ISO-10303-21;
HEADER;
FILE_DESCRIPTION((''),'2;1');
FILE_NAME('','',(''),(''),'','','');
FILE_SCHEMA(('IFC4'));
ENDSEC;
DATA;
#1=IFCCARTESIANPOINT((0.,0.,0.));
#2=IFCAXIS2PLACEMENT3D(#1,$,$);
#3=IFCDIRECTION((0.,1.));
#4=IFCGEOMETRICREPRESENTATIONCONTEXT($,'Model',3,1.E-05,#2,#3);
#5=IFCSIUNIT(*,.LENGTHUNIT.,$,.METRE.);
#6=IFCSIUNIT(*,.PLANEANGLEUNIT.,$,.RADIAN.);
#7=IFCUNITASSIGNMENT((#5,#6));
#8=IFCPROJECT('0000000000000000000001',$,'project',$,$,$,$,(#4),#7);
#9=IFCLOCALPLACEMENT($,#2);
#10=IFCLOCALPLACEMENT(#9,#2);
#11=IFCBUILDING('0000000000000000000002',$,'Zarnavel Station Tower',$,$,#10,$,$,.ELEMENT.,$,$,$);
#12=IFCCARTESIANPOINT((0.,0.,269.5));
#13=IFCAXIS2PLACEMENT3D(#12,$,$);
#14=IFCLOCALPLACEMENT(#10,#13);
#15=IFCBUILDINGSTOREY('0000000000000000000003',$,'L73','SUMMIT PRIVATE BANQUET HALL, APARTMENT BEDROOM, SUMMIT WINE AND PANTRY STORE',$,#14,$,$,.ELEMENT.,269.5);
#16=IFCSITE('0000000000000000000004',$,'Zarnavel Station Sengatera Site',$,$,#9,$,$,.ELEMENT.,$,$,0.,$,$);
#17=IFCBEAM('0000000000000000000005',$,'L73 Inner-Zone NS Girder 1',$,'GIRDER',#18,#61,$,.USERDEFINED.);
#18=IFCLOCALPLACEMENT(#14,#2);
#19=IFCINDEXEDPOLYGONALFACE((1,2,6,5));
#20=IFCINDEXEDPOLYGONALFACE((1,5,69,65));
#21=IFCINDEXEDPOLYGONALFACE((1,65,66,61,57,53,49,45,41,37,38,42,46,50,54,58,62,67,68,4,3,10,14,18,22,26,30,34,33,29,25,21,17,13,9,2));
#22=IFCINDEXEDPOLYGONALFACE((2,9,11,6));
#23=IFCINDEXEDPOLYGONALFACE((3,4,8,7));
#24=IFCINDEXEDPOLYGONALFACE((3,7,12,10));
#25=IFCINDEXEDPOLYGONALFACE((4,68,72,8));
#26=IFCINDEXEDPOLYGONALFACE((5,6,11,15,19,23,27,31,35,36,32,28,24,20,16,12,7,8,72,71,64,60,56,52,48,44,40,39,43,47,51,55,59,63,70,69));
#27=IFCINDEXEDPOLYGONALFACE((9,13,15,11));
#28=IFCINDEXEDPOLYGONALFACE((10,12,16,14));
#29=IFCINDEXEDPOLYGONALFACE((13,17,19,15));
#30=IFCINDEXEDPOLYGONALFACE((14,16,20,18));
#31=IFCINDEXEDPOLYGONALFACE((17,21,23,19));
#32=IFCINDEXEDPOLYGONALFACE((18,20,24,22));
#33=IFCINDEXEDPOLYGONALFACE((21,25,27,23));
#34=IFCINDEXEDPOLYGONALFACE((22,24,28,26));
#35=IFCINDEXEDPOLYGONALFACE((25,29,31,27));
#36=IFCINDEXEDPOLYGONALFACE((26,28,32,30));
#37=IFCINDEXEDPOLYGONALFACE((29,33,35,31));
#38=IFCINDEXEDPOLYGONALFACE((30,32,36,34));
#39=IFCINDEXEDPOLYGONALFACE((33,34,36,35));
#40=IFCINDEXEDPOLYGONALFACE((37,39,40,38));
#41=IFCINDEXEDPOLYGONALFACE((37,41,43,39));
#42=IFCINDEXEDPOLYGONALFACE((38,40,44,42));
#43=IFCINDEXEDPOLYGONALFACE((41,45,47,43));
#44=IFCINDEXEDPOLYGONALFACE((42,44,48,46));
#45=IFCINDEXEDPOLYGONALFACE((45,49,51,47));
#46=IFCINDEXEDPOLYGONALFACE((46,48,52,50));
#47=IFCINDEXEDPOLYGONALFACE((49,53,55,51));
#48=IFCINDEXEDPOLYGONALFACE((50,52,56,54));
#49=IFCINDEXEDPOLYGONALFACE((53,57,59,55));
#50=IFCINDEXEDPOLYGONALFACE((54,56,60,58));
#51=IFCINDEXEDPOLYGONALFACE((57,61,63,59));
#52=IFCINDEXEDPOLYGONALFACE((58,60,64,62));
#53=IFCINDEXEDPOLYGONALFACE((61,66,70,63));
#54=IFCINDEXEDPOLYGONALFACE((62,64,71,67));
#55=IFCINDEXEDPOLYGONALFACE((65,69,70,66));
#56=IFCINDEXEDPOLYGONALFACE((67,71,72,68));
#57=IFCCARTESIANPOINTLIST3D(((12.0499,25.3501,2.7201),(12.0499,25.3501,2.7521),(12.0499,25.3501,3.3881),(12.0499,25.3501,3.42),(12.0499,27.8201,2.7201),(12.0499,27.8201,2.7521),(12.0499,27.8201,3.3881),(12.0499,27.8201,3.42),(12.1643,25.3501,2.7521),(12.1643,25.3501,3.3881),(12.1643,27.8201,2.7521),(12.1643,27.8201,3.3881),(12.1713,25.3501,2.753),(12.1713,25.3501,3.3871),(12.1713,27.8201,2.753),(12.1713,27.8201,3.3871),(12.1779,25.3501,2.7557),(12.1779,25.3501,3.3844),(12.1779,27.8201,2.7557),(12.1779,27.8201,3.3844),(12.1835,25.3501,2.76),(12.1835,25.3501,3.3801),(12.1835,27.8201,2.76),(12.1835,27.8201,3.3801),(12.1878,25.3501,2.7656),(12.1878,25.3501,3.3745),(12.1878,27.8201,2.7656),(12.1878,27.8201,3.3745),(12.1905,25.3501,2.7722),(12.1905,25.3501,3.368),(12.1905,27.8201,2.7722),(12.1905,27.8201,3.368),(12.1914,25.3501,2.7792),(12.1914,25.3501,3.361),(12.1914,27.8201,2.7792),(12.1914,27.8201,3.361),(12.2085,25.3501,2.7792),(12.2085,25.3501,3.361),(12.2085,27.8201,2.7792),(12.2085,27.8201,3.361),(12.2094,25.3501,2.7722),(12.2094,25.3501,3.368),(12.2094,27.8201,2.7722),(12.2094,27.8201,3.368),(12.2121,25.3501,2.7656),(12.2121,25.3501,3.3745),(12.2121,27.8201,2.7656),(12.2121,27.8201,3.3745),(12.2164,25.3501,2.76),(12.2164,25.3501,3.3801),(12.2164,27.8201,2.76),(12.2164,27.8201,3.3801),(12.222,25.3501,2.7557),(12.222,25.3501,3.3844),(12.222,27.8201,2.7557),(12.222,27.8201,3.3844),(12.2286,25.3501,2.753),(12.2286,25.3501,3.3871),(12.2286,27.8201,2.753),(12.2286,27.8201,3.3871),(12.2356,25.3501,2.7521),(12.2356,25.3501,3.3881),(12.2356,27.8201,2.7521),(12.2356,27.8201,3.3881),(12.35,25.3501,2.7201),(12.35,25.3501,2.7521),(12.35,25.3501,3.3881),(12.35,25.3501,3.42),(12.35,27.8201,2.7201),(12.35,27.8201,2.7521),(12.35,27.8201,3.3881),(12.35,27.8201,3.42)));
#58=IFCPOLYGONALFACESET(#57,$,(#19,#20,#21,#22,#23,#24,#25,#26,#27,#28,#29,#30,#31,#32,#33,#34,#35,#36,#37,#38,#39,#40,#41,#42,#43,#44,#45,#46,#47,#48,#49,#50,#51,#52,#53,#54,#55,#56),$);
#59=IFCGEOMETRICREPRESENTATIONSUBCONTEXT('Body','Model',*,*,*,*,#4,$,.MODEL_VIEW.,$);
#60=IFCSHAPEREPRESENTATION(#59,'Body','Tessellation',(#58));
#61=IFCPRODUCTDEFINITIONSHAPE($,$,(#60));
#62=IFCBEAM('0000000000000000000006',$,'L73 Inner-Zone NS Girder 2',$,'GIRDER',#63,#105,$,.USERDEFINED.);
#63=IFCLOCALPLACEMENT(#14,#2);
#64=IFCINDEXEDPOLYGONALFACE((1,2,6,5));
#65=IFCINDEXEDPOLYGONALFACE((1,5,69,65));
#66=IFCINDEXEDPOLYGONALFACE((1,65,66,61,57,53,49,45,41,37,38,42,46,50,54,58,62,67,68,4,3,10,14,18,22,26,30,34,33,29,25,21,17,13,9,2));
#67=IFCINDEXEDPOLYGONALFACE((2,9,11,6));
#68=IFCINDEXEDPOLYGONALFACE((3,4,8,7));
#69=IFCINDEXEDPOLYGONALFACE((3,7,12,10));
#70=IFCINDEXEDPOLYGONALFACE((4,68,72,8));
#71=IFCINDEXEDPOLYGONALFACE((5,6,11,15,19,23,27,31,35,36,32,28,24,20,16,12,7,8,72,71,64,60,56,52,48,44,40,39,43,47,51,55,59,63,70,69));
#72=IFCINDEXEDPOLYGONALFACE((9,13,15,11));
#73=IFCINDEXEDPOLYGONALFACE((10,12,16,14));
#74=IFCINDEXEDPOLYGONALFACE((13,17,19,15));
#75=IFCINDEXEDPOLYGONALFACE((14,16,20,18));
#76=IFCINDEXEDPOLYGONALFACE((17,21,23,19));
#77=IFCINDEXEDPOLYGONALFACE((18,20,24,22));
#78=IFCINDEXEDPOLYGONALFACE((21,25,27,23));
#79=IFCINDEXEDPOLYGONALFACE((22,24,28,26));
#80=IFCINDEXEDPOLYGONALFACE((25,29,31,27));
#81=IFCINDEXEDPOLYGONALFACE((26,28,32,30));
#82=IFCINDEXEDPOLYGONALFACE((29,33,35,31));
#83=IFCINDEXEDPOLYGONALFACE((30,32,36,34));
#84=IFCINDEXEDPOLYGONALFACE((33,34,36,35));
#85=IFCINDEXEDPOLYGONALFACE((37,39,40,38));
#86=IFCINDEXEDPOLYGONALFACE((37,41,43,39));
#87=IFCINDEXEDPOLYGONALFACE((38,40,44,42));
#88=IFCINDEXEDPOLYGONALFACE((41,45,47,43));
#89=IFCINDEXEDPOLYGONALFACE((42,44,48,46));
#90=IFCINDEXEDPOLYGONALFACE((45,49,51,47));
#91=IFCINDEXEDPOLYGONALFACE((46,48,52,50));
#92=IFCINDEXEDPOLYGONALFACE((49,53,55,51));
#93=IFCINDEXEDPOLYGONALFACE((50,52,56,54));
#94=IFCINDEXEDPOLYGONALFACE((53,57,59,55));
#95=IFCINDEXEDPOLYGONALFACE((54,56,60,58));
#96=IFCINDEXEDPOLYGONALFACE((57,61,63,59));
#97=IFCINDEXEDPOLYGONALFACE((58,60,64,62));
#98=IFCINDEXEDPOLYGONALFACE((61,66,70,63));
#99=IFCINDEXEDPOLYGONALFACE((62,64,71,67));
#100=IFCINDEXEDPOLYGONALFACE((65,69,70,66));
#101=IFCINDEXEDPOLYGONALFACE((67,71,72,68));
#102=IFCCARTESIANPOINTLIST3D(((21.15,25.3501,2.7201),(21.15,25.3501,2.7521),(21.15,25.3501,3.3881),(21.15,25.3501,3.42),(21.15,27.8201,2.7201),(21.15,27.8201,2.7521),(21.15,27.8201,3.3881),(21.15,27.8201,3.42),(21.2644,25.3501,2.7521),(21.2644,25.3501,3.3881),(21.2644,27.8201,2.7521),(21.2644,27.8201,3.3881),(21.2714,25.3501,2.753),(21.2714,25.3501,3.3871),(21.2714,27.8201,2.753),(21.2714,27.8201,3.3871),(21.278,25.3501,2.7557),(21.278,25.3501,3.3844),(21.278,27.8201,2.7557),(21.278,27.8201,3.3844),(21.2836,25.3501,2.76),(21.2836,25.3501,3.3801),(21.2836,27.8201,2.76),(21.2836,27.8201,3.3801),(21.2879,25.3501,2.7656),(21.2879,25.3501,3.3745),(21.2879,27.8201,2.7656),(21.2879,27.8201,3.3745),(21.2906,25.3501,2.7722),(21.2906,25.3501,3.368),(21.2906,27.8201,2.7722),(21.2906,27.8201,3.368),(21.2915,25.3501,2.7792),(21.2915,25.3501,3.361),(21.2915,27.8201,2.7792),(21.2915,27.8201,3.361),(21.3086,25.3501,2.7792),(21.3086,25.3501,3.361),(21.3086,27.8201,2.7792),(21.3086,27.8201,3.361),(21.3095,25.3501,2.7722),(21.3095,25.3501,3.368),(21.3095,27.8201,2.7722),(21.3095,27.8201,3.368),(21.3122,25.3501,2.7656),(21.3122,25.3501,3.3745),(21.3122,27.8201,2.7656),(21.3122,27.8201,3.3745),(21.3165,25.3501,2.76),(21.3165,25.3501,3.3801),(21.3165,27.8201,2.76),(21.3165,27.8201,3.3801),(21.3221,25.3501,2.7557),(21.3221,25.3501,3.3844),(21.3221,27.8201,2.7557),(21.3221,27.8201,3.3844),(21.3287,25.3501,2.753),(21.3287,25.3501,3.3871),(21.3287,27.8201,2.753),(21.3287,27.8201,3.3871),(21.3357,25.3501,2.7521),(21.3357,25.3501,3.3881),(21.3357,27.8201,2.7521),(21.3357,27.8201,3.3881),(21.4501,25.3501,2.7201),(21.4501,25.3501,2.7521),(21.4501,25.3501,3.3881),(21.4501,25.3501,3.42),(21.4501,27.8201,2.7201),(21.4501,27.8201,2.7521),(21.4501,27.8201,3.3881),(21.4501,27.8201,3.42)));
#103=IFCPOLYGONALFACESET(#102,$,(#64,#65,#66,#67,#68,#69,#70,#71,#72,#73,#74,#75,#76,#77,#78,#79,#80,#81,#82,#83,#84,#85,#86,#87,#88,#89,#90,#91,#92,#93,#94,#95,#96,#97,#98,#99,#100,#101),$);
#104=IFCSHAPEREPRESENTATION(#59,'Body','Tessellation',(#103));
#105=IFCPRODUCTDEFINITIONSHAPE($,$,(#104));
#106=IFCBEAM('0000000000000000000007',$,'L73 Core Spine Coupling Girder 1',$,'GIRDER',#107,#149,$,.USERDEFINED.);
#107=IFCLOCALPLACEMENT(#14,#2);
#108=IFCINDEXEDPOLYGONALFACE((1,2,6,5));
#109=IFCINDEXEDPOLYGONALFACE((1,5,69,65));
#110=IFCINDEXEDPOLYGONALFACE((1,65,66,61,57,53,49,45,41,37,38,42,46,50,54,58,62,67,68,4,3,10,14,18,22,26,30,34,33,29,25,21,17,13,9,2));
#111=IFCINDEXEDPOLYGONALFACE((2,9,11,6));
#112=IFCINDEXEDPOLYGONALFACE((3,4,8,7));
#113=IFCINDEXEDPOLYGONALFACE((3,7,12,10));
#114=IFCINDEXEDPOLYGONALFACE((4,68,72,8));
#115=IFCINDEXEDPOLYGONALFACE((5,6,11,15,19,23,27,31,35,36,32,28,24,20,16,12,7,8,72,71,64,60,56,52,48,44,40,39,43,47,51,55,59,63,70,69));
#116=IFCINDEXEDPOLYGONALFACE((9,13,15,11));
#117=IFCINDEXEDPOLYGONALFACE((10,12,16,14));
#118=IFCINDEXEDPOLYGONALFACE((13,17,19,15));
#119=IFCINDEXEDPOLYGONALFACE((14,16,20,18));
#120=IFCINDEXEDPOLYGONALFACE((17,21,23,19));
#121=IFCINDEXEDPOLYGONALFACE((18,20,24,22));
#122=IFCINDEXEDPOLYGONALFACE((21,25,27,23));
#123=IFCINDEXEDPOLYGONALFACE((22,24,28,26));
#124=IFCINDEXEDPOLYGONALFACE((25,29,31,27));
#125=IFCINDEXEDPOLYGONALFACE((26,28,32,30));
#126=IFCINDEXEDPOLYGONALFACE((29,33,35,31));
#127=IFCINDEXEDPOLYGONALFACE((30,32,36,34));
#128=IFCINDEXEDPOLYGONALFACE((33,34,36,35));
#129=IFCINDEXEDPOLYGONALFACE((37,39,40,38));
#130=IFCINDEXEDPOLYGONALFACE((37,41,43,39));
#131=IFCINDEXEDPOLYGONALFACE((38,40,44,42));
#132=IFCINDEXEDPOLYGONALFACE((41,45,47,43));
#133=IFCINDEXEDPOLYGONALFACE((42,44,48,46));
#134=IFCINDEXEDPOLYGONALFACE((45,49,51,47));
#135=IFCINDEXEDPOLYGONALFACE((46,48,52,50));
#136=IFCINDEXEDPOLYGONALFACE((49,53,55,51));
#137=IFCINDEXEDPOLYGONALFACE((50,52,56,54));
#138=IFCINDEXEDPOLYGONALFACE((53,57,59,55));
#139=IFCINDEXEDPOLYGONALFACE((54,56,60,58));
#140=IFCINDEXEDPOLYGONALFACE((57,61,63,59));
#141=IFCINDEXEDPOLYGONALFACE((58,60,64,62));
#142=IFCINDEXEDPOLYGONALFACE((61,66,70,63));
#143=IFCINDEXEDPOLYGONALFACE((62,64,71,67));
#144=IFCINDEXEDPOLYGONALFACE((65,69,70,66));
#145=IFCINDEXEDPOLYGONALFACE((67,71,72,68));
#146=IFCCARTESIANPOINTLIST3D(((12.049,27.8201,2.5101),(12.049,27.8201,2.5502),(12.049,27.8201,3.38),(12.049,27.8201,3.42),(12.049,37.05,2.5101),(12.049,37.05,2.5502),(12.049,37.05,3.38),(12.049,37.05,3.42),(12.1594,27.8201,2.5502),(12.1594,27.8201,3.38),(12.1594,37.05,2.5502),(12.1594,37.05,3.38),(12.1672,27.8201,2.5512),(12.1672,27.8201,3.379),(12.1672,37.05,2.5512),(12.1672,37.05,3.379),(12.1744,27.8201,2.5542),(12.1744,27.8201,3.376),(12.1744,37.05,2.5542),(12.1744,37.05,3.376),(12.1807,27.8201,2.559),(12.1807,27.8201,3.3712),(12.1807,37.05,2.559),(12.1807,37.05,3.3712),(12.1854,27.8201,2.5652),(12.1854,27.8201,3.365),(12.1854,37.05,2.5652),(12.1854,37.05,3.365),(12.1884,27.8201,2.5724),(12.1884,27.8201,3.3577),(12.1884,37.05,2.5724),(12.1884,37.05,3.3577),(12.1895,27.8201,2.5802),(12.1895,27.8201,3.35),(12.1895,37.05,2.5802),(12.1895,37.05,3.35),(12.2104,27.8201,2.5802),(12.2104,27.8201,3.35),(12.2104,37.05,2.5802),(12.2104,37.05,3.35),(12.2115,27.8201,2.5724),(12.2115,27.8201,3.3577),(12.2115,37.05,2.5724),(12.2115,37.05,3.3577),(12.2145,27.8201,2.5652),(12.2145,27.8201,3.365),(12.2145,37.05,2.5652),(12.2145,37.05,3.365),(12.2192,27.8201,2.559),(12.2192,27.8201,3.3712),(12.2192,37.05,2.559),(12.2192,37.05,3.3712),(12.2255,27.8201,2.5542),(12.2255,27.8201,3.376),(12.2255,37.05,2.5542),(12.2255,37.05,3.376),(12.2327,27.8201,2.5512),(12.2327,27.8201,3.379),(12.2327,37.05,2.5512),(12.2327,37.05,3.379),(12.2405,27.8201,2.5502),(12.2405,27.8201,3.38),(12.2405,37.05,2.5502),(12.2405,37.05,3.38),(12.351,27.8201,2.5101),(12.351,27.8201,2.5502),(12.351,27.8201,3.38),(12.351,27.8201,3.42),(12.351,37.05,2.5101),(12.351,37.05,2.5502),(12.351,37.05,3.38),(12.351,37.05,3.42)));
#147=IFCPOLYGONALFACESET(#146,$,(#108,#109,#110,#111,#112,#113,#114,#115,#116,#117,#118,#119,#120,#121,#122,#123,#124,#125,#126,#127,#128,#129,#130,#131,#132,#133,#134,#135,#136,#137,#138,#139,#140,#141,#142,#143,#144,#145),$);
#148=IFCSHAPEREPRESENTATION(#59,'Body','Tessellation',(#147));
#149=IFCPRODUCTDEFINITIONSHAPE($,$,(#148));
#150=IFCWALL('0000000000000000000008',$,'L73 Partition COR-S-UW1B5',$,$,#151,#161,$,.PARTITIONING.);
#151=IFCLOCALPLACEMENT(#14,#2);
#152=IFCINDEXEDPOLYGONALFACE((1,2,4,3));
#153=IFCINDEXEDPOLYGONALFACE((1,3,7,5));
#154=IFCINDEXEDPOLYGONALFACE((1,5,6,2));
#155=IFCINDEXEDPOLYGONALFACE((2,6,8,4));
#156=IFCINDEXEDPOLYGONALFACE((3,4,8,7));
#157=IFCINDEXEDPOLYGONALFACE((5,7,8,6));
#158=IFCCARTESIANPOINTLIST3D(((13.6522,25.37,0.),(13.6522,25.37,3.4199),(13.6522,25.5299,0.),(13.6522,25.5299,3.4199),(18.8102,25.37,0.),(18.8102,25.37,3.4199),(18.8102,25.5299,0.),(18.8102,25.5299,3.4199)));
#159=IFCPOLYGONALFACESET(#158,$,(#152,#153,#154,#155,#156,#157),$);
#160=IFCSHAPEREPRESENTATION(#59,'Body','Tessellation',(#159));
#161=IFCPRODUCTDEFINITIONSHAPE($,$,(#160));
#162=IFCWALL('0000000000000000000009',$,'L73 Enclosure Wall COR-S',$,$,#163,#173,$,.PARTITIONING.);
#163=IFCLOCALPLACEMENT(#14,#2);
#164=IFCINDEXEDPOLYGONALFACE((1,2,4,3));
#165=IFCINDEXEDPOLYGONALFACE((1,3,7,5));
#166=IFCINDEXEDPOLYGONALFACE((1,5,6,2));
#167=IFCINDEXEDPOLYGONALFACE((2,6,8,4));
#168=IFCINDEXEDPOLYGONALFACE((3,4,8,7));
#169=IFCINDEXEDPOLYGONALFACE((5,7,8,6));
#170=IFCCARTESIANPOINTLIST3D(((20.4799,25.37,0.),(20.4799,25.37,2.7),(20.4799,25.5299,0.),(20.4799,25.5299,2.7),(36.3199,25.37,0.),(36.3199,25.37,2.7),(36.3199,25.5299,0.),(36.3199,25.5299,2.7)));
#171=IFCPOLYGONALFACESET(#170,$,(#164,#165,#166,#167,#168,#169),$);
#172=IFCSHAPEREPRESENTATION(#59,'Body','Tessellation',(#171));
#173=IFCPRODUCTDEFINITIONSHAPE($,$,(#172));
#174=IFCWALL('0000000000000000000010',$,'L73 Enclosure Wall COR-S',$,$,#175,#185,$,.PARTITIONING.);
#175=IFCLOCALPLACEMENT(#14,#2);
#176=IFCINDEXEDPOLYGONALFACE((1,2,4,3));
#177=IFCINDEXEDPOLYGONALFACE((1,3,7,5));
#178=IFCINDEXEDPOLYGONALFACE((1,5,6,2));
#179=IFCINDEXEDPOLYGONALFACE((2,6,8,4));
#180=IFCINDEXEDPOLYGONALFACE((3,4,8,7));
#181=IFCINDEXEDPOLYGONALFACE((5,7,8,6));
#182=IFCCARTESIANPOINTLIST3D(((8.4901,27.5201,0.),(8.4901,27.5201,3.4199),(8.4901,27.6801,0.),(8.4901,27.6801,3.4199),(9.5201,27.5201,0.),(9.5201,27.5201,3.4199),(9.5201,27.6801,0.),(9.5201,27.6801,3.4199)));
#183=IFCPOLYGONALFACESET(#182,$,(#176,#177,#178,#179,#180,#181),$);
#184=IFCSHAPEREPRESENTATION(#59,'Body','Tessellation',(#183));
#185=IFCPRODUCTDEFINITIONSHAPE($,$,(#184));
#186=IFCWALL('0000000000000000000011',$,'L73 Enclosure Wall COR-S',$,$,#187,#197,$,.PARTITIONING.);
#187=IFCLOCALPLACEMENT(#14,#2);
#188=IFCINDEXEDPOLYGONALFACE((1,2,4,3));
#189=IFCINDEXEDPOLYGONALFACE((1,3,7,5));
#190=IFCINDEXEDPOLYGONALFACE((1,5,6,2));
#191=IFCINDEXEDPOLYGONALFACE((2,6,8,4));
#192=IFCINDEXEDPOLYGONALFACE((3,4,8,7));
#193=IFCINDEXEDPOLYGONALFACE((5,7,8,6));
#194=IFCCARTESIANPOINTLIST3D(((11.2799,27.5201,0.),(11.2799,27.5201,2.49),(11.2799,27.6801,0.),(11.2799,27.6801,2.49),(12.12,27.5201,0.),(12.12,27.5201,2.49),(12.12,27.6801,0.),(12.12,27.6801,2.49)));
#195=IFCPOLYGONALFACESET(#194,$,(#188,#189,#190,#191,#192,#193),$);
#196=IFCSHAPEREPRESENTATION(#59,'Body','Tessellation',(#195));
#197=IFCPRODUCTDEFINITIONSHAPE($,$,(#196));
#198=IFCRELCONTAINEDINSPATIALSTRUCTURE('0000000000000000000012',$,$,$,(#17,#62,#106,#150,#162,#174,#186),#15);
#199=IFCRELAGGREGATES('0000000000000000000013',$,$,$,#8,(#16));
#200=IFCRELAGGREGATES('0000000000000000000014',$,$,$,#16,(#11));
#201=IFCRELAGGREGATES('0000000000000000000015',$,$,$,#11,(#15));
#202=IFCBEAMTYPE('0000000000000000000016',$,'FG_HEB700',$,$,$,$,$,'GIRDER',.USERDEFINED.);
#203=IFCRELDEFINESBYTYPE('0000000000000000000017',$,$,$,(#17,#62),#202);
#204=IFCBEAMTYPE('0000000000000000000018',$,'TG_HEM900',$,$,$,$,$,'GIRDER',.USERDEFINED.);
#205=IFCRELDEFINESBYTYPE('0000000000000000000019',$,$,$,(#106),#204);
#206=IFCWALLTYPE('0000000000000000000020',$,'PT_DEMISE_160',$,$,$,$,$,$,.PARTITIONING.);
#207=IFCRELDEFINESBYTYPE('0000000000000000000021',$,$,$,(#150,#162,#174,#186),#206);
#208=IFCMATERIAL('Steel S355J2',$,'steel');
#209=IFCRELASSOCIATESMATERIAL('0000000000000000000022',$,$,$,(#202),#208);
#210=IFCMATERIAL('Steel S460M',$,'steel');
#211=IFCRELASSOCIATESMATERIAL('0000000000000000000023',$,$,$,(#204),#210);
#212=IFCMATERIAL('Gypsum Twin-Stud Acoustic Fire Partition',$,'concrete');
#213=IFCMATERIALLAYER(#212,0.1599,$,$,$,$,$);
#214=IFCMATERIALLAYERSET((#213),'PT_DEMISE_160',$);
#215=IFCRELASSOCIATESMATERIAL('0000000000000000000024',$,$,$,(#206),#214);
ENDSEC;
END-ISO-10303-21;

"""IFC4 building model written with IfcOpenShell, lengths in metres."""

from ifc_helpers import new_model, si_unit, direction, frame, frame_2d, origin, origin_2d, place, context, subcontext, project, spatial, rectangle, i_section, extrude, material, layer, layer_set, material_profile, profile_set, type_object, element, save


model = new_model("IFC4")

# Units and contexts
model_context = context("Model", 3, precision=1e-05, world=origin(), true_north=direction((0.0, 1.0)))
body_context = subcontext(model_context, "Body", "Model", "MODEL_VIEW")
ifc_project = project(units=[si_unit("LENGTHUNIT", "METRE"), si_unit("PLANEANGLEUNIT", "RADIAN")], contexts=[model_context])

# Site, building, storey
site_placement = place(None, origin())
site = spatial("IfcSite", under=ifc_project, at=site_placement, Name="Zarnavel Station Sengatera Site", CompositionType="ELEMENT", RefElevation=0.0)
building_placement = place(site_placement, origin())
building = spatial("IfcBuilding", under=site, at=building_placement, Name="Zarnavel Station Tower", CompositionType="ELEMENT")
storey_placement = place(building_placement, frame((0.0, 0.0, 269.5)))
storey = spatial("IfcBuildingStorey", under=building, at=storey_placement, Name="L73", Description="SUMMIT PRIVATE BANQUET HALL, APARTMENT BEDROOM, SUMMIT WINE AND PANTRY STORE", CompositionType="ELEMENT", Elevation=269.5)

# Beams
ifc_material_1 = material(Name="Steel S355J2", Category="steel")
ifc_material_profile_1 = material_profile(ifc_material_1, i_section(OverallWidth=0.3, OverallDepth=0.7, WebThickness=0.0171, FlangeThickness=0.032, FilletRadius=0.0271, at=origin_2d()), Name="HEB700")
ifc_profile_set_1 = profile_set([ifc_material_profile_1], Name="Steel S355J2")
beam_type_1 = type_object("IfcBeamType", Name="FG_HEB700", ElementType="GIRDER", PredefinedType="USERDEFINED", material=ifc_profile_set_1)
for number, where, z_axis, x_axis, name in (
    (1, (12.2, 25.3501, 3.0701), (0.0, 1.0, 0.0), (-1.0, 0.0, 0.0), "L73 Inner-Zone NS Girder 1"),
    (2, (21.3, 25.3501, 3.0701), (0.0, 1.0, 0.0), (-1.0, 0.0, 0.0), "L73 Inner-Zone NS Girder 2"),
):
    element("IfcBeam", number, at=place(storey_placement, frame(where, z_axis=z_axis, x_axis=x_axis)), inside=storey, type_object=beam_type_1, Name=name, ObjectType="GIRDER", PredefinedType="USERDEFINED", context=body_context, shape_type="SweptSolid", body=[
        extrude(i_section(OverallWidth=0.3, OverallDepth=0.7, WebThickness=0.0171, FlangeThickness=0.032, FilletRadius=0.0271, at=origin_2d()), origin(), (0.0, 0.0, 1.0), 2.47),
    ])
ifc_material_2 = material(Name="Steel S460M", Category="steel")
ifc_material_profile_2 = material_profile(ifc_material_2, i_section(OverallWidth=0.302, OverallDepth=0.9099, WebThickness=0.021, FlangeThickness=0.04, FilletRadius=0.03, at=origin_2d()), Name="HEM900")
ifc_profile_set_2 = profile_set([ifc_material_profile_2], Name="Steel S460M")
beam_type_2 = type_object("IfcBeamType", Name="TG_HEM900", ElementType="GIRDER", PredefinedType="USERDEFINED", material=ifc_profile_set_2)
beam_1_placement = place(storey_placement, frame((12.2, 27.8201, 2.9651), z_axis=(0.0, 1.0, 0.0), x_axis=(-1.0, 0.0, 0.0)))
element("IfcBeam", 3, at=beam_1_placement, inside=storey, type_object=beam_type_2, Name="L73 Core Spine Coupling Girder 1", ObjectType="GIRDER", PredefinedType="USERDEFINED", context=body_context, shape_type="SweptSolid", body=[
    extrude(i_section(OverallWidth=0.302, OverallDepth=0.9099, WebThickness=0.021, FlangeThickness=0.04, FilletRadius=0.03, at=origin_2d()), origin(), (0.0, 0.0, 1.0), 9.23),
])

# Shared definitions
ifc_material_3 = material(Name="Gypsum Twin-Stud Acoustic Fire Partition", Category="concrete")
ifc_layer_1 = layer(ifc_material_3, 0.1599)
ifc_layer_set_1 = layer_set([ifc_layer_1], Name="PT_DEMISE_160")
wall_type_1 = type_object("IfcWallType", Name="PT_DEMISE_160", PredefinedType="PARTITIONING", material=ifc_layer_set_1)

# Walls
wall_1_placement = place(storey_placement, frame((13.6521, 25.45, 0.0), z_axis=(0.0, 0.0, 1.0), x_axis=(1.0, 0.0, 0.0)))
element("IfcWall", 4, at=wall_1_placement, inside=storey, type_object=wall_type_1, Name="L73 Partition COR-S-UW1B5", PredefinedType="PARTITIONING", context=body_context, shape_type="SweptSolid", body=[
    extrude(rectangle(XDim=5.158, YDim=0.1599, at=frame_2d((2.5791, 0.0))), origin(), (0.0, 0.0, 1.0), 3.4199),
])
wall_2_placement = place(storey_placement, frame((20.48, 25.45, 0.0), z_axis=(0.0, 0.0, 1.0), x_axis=(1.0, 0.0, 0.0)))
element("IfcWall", 5, at=wall_2_placement, inside=storey, type_object=wall_type_1, Name="L73 Enclosure Wall COR-S", PredefinedType="PARTITIONING", context=body_context, shape_type="SweptSolid", body=[
    extrude(rectangle(XDim=15.8401, YDim=0.1599, at=frame_2d((7.9199, 0.0))), origin(), (0.0, 0.0, 1.0), 2.7),
])
wall_3_placement = place(storey_placement, frame((8.49, 27.6001, 0.0), z_axis=(0.0, 0.0, 1.0), x_axis=(1.0, 0.0, 0.0)))
element("IfcWall", 6, at=wall_3_placement, inside=storey, type_object=wall_type_1, Name="L73 Enclosure Wall COR-S", PredefinedType="PARTITIONING", context=body_context, shape_type="SweptSolid", body=[
    extrude(rectangle(XDim=1.03, YDim=0.1599, at=frame_2d((0.5151, 0.0))), origin(), (0.0, 0.0, 1.0), 3.4199),
])
wall_4_placement = place(storey_placement, frame((11.28, 27.6001, 0.0), z_axis=(0.0, 0.0, 1.0), x_axis=(1.0, 0.0, 0.0)))
element("IfcWall", 7, at=wall_4_placement, inside=storey, type_object=wall_type_1, Name="L73 Enclosure Wall COR-S", PredefinedType="PARTITIONING", context=body_context, shape_type="SweptSolid", body=[
    extrude(rectangle(XDim=0.8401, YDim=0.1599, at=frame_2d((0.4199, 0.0))), origin(), (0.0, 0.0, 1.0), 2.49),
])

save(model, "model.ifc")
